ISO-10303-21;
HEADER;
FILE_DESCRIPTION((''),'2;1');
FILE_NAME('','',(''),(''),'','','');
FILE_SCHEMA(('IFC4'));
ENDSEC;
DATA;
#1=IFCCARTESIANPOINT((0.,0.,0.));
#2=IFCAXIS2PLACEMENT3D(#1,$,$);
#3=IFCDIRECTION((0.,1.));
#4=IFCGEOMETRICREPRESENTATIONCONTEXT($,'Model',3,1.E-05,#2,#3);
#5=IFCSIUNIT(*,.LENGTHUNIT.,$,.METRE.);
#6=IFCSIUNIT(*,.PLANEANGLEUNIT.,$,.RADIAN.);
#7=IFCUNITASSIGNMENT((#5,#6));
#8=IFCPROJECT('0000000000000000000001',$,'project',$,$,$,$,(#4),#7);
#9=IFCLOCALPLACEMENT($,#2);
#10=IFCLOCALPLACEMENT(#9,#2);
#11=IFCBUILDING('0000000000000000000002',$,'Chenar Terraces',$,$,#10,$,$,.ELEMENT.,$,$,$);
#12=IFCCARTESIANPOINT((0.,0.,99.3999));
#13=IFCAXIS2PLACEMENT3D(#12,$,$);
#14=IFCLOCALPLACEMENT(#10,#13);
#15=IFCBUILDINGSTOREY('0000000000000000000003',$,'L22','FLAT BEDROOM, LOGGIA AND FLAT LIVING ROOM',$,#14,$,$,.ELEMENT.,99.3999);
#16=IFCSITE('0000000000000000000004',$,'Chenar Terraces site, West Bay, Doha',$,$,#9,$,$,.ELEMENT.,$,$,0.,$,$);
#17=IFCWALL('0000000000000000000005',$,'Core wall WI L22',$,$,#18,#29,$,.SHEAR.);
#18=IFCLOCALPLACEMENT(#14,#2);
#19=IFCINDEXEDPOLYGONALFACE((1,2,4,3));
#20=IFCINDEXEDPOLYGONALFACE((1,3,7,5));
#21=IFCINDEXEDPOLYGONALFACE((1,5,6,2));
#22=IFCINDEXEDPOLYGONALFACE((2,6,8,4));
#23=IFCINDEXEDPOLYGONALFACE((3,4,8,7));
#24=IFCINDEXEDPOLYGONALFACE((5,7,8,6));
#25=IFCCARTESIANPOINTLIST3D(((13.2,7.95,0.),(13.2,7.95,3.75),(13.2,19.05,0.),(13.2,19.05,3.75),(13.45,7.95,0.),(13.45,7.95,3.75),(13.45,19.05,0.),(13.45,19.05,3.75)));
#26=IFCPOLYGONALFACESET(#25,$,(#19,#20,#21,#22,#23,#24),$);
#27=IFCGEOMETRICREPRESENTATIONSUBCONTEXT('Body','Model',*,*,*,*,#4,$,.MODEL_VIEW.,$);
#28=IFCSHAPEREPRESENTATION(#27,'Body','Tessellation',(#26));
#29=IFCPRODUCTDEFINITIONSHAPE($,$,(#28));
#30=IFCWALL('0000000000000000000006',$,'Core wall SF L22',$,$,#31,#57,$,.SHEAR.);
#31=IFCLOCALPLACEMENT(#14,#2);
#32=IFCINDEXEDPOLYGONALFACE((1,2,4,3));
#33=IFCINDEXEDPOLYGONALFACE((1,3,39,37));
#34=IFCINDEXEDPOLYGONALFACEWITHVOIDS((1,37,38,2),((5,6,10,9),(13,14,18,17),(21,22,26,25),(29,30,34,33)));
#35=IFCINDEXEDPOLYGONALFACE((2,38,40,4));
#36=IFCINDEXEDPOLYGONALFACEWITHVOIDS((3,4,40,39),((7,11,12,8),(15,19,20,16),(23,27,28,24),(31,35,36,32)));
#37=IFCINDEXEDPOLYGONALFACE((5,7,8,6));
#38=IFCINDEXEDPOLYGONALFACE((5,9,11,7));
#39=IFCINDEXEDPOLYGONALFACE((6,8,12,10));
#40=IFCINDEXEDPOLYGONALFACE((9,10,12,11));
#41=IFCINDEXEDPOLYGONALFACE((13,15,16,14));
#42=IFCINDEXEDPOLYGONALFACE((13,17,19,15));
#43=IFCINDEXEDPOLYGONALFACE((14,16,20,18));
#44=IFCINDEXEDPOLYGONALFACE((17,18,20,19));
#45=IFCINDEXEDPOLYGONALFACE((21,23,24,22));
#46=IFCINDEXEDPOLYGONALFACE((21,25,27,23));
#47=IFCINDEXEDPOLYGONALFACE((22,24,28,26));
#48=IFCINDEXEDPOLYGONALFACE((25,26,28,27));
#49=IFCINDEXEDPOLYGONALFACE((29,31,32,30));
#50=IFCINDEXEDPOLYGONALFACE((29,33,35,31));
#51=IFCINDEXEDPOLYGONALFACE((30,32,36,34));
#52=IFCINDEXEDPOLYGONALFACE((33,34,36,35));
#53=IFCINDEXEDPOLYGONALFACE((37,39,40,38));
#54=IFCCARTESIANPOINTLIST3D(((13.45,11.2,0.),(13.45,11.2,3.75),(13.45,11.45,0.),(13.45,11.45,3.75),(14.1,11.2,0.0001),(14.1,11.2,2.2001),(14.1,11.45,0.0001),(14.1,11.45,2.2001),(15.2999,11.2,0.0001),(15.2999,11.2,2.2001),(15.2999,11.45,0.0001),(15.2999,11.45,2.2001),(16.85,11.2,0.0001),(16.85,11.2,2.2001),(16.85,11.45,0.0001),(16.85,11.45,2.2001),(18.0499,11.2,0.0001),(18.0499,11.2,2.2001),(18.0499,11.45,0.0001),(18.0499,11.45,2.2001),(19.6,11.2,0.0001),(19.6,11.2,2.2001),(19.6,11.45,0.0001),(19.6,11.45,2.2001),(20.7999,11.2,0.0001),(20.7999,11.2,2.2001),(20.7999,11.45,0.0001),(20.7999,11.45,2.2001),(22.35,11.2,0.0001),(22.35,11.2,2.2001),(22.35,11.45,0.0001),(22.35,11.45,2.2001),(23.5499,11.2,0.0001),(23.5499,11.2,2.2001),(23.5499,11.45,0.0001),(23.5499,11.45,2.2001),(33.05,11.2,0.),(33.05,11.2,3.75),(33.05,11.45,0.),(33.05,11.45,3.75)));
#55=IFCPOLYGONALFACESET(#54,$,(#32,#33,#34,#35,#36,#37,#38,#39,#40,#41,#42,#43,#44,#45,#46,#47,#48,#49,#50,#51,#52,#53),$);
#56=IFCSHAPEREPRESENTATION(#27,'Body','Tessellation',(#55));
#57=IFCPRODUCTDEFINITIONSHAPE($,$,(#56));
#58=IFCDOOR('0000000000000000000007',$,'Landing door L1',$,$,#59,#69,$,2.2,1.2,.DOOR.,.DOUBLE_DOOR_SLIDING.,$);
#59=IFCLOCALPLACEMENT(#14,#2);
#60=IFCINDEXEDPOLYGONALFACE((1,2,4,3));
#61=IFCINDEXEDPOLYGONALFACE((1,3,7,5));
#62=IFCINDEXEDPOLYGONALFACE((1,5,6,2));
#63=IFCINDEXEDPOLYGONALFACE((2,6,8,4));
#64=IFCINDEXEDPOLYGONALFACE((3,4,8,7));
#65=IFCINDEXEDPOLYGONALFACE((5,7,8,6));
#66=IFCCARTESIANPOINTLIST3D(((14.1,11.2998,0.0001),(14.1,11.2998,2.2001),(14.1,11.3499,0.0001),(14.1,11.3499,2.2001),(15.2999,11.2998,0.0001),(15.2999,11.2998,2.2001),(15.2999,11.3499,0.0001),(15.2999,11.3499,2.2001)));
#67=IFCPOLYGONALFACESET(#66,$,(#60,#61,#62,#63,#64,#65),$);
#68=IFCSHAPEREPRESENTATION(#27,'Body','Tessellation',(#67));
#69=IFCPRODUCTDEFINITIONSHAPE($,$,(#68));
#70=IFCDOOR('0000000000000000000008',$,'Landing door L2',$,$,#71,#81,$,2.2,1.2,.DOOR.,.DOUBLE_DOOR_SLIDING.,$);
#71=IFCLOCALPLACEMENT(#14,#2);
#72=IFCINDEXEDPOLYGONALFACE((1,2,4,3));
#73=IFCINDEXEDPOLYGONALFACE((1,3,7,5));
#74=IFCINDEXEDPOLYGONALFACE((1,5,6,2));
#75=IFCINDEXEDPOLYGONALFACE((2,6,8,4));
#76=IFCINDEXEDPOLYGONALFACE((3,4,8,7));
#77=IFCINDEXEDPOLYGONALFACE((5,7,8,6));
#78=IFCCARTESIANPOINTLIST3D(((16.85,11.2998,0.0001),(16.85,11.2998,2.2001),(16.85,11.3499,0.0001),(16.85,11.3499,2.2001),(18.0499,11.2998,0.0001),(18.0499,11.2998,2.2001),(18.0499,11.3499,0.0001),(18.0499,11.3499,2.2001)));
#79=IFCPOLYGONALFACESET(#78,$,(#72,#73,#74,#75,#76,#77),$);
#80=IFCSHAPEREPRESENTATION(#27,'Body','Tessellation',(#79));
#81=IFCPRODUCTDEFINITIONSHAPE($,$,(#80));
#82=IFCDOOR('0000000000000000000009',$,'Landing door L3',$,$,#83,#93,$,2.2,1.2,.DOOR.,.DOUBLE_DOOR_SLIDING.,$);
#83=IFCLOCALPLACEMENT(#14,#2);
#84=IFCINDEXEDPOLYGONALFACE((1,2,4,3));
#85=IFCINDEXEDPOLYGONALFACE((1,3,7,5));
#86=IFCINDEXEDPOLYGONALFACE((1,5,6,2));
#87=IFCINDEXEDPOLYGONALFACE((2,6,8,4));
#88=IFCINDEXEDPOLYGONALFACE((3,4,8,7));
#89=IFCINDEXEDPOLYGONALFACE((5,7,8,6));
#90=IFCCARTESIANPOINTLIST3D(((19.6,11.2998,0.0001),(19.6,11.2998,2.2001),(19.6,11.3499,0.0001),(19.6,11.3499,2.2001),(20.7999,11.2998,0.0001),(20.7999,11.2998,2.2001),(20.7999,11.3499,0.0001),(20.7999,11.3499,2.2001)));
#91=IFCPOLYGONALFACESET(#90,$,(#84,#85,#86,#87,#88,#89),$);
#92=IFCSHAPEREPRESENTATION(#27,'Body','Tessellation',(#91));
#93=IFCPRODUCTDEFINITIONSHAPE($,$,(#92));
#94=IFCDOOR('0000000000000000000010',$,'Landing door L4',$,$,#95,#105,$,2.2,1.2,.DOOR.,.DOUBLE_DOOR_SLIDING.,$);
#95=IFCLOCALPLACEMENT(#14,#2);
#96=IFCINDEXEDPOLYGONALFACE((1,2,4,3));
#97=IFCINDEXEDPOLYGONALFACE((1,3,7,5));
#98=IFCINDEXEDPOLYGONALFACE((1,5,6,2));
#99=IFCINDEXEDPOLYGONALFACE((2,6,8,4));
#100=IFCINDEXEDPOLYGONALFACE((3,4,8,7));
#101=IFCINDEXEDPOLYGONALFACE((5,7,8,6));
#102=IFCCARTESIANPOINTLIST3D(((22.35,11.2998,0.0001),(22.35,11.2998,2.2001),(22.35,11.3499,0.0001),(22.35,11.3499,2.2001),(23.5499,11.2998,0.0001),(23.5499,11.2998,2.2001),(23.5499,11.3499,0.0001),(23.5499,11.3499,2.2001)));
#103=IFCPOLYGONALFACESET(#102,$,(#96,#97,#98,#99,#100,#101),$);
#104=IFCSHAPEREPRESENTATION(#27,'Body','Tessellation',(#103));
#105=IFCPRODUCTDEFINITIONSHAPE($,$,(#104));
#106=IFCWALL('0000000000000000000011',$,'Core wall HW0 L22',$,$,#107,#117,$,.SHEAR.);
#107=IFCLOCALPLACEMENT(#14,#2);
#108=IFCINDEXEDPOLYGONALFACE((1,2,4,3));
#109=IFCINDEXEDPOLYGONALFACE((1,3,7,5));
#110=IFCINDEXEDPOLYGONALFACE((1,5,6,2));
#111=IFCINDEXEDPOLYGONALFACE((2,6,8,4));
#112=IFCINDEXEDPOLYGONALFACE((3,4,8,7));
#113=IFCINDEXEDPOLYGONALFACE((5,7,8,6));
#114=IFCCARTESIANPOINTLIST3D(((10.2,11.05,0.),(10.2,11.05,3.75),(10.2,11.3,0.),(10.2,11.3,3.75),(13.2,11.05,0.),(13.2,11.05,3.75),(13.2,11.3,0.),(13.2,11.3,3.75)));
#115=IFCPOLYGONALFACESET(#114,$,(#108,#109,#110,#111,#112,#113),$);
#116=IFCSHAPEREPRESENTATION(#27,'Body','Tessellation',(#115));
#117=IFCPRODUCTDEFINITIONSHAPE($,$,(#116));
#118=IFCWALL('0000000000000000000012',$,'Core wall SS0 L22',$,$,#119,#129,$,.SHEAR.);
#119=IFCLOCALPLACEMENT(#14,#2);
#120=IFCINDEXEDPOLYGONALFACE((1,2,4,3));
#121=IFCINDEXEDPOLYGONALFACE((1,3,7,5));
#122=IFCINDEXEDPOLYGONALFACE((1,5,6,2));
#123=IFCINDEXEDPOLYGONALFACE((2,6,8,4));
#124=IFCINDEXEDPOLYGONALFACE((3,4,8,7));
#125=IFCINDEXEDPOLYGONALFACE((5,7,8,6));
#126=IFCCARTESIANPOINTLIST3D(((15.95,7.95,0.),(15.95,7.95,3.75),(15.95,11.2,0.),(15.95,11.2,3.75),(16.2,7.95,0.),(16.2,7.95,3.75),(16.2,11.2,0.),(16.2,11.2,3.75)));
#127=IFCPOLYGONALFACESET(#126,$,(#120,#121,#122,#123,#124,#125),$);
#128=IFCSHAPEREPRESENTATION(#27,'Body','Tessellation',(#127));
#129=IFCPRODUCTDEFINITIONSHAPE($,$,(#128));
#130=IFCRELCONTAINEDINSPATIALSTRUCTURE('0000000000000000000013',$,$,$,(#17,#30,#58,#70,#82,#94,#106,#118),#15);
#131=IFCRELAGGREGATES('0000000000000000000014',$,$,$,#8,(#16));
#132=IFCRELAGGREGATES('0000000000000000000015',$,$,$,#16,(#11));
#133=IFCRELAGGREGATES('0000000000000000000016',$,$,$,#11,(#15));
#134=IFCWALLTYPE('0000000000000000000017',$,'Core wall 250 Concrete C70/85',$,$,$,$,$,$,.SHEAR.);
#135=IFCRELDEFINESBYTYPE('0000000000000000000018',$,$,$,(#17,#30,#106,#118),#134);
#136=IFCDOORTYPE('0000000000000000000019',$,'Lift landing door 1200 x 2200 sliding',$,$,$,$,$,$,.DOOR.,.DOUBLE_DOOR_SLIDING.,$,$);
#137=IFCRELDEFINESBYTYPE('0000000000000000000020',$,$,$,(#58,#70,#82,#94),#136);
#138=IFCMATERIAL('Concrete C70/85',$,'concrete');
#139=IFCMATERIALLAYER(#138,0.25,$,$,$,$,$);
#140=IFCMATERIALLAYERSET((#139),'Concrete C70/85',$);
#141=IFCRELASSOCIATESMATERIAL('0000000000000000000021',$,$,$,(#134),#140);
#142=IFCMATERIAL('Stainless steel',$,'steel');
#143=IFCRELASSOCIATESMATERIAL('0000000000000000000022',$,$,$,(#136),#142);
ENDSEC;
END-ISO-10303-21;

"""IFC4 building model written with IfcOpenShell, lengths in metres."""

from ifc_helpers import new_model, si_unit, direction, frame, frame_2d, origin, place, context, subcontext, project, spatial, rectangle, extrude, material, layer, layer_set, type_object, element, fill, save


model = new_model("IFC4")

# Units and contexts
model_context = context("Model", 3, precision=1e-05, world=origin(), true_north=direction((0.0, 1.0)))
body_context = subcontext(model_context, "Body", "Model", "MODEL_VIEW")
ifc_project = project(units=[si_unit("LENGTHUNIT", "METRE"), si_unit("PLANEANGLEUNIT", "RADIAN")], contexts=[model_context])

# Site, building, storey
site_placement = place(None, origin())
site = spatial("IfcSite", under=ifc_project, at=site_placement, Name="Chenar Terraces site, West Bay, Doha", CompositionType="ELEMENT", RefElevation=0.0)
building_placement = place(site_placement, origin())
building = spatial("IfcBuilding", under=site, at=building_placement, Name="Chenar Terraces", CompositionType="ELEMENT")
storey_placement = place(building_placement, frame((0.0, 0.0, 99.3999)))
storey = spatial("IfcBuildingStorey", under=building, at=storey_placement, Name="L22", Description="FLAT BEDROOM, LOGGIA AND FLAT LIVING ROOM", CompositionType="ELEMENT", Elevation=99.3999)

# Wall
ifc_material_1 = material(Name="Concrete C70/85", Category="concrete")
ifc_layer_1 = layer(ifc_material_1, 0.25)
ifc_layer_set_1 = layer_set([ifc_layer_1], Name="Concrete C70/85")
wall_type_1 = type_object("IfcWallType", Name="Core wall 250 Concrete C70/85", PredefinedType="SHEAR", material=ifc_layer_set_1)
wall_1_placement = place(storey_placement, frame((13.325, 7.95, 0.0), z_axis=(0.0, 0.0, 1.0), x_axis=(0.0, 1.0, 0.0)))
element("IfcWall", 1, at=wall_1_placement, inside=storey, type_object=wall_type_1, Name="Core wall WI L22", PredefinedType="SHEAR", context=body_context, shape_type="SweptSolid", body=[
    extrude(rectangle(XDim=11.1001, YDim=0.25, at=frame_2d((5.55, 0.0))), origin(), (0.0, 0.0, 1.0), 3.75),
])

# Wall, openings, doors
wall_2_placement = place(storey_placement, frame((13.45, 11.325, 0.0), z_axis=(0.0, 0.0, 1.0), x_axis=(1.0, 0.0, 0.0)))
wall_2 = element("IfcWall", 2, at=wall_2_placement, inside=storey, type_object=wall_type_1, Name="Core wall SF L22", PredefinedType="SHEAR", context=body_context, shape_type="SweptSolid", body=[
    extrude(rectangle(XDim=19.6001, YDim=0.25, at=frame_2d((9.8, 0.0))), origin(), (0.0, 0.0, 1.0), 3.75),
])
opening_1_placement = place(wall_2_placement, frame((0.6499, 0.0, 0.0)))
opening_1 = element("IfcOpeningElement", 3, at=opening_1_placement, cuts=wall_2, PredefinedType="OPENING", context=body_context, shape_type="SweptSolid", body=[
    extrude(rectangle(XDim=1.2, YDim=2.2, at=frame_2d((0.6001, 1.1001))), frame((0.0, 0.135, 0.0), z_axis=(0.0, -1.0, 0.0), x_axis=(1.0, 0.0, 0.0)), (0.0, 0.0, 1.0), 0.27),
])
opening_2_placement = place(wall_2_placement, frame((3.3999, 0.0, 0.0)))
opening_2 = element("IfcOpeningElement", 4, at=opening_2_placement, cuts=wall_2, PredefinedType="OPENING", context=body_context, shape_type="SweptSolid", body=[
    extrude(rectangle(XDim=1.2, YDim=2.2, at=frame_2d((0.6001, 1.1001))), frame((0.0, 0.135, 0.0), z_axis=(0.0, -1.0, 0.0), x_axis=(1.0, 0.0, 0.0)), (0.0, 0.0, 1.0), 0.27),
])
opening_3_placement = place(wall_2_placement, frame((6.1499, 0.0, 0.0)))
opening_3 = element("IfcOpeningElement", 5, at=opening_3_placement, cuts=wall_2, PredefinedType="OPENING", context=body_context, shape_type="SweptSolid", body=[
    extrude(rectangle(XDim=1.2, YDim=2.2, at=frame_2d((0.6001, 1.1001))), frame((0.0, 0.135, 0.0), z_axis=(0.0, -1.0, 0.0), x_axis=(1.0, 0.0, 0.0)), (0.0, 0.0, 1.0), 0.27),
])
opening_4_placement = place(wall_2_placement, frame((8.8999, 0.0, 0.0)))
opening_4 = element("IfcOpeningElement", 6, at=opening_4_placement, cuts=wall_2, PredefinedType="OPENING", context=body_context, shape_type="SweptSolid", body=[
    extrude(rectangle(XDim=1.2, YDim=2.2, at=frame_2d((0.6001, 1.1001))), frame((0.0, 0.135, 0.0), z_axis=(0.0, -1.0, 0.0), x_axis=(1.0, 0.0, 0.0)), (0.0, 0.0, 1.0), 0.27),
])
ifc_material_2 = material(Name="Stainless steel", Category="steel")
door_type_1 = type_object("IfcDoorType", Name="Lift landing door 1200 x 2200 sliding", OperationType="DOUBLE_DOOR_SLIDING", PredefinedType="DOOR", material=ifc_material_2)
door_1_placement = place(opening_1_placement, origin())
door_1 = element("IfcDoor", 7, at=door_1_placement, inside=storey, type_object=door_type_1, Name="Landing door L1", OperationType="DOUBLE_DOOR_SLIDING", OverallHeight=2.2, OverallWidth=1.2, PredefinedType="DOOR", context=body_context, shape_type="SweptSolid", body=[
    extrude(rectangle(XDim=1.2, YDim=2.2, at=frame_2d((0.6001, 1.1001))), frame((0.0, 0.0249, 0.0), z_axis=(0.0, -1.0, 0.0), x_axis=(1.0, 0.0, 0.0)), (0.0, 0.0, 1.0), 0.05),
])
fill(opening_1, door_1)
door_2_placement = place(opening_2_placement, origin())
door_2 = element("IfcDoor", 8, at=door_2_placement, inside=storey, type_object=door_type_1, Name="Landing door L2", OperationType="DOUBLE_DOOR_SLIDING", OverallHeight=2.2, OverallWidth=1.2, PredefinedType="DOOR", context=body_context, shape_type="SweptSolid", body=[
    extrude(rectangle(XDim=1.2, YDim=2.2, at=frame_2d((0.6001, 1.1001))), frame((0.0, 0.0249, 0.0), z_axis=(0.0, -1.0, 0.0), x_axis=(1.0, 0.0, 0.0)), (0.0, 0.0, 1.0), 0.05),
])
fill(opening_2, door_2)
door_3_placement = place(opening_3_placement, origin())
door_3 = element("IfcDoor", 9, at=door_3_placement, inside=storey, type_object=door_type_1, Name="Landing door L3", OperationType="DOUBLE_DOOR_SLIDING", OverallHeight=2.2, OverallWidth=1.2, PredefinedType="DOOR", context=body_context, shape_type="SweptSolid", body=[
    extrude(rectangle(XDim=1.2, YDim=2.2, at=frame_2d((0.6001, 1.1001))), frame((0.0, 0.0249, 0.0), z_axis=(0.0, -1.0, 0.0), x_axis=(1.0, 0.0, 0.0)), (0.0, 0.0, 1.0), 0.05),
])
fill(opening_3, door_3)
door_4_placement = place(opening_4_placement, origin())
door_4 = element("IfcDoor", 10, at=door_4_placement, inside=storey, type_object=door_type_1, Name="Landing door L4", OperationType="DOUBLE_DOOR_SLIDING", OverallHeight=2.2, OverallWidth=1.2, PredefinedType="DOOR", context=body_context, shape_type="SweptSolid", body=[
    extrude(rectangle(XDim=1.2, YDim=2.2, at=frame_2d((0.6001, 1.1001))), frame((0.0, 0.0249, 0.0), z_axis=(0.0, -1.0, 0.0), x_axis=(1.0, 0.0, 0.0)), (0.0, 0.0, 1.0), 0.05),
])
fill(opening_4, door_4)

# Walls
wall_3_placement = place(storey_placement, frame((10.2, 11.175, 0.0), z_axis=(0.0, 0.0, 1.0), x_axis=(1.0, 0.0, 0.0)))
element("IfcWall", 11, at=wall_3_placement, inside=storey, type_object=wall_type_1, Name="Core wall HW0 L22", PredefinedType="SHEAR", context=body_context, shape_type="SweptSolid", body=[
    extrude(rectangle(XDim=3.0, YDim=0.25, at=frame_2d((1.5, 0.0))), origin(), (0.0, 0.0, 1.0), 3.75),
])
wall_4_placement = place(storey_placement, frame((16.075, 7.95, 0.0), z_axis=(0.0, 0.0, 1.0), x_axis=(0.0, 1.0, 0.0)))
element("IfcWall", 12, at=wall_4_placement, inside=storey, type_object=wall_type_1, Name="Core wall SS0 L22", PredefinedType="SHEAR", context=body_context, shape_type="SweptSolid", body=[
    extrude(rectangle(XDim=3.25, YDim=0.25, at=frame_2d((1.625, 0.0))), origin(), (0.0, 0.0, 1.0), 3.75),
])

save(model, "model.ifc")
